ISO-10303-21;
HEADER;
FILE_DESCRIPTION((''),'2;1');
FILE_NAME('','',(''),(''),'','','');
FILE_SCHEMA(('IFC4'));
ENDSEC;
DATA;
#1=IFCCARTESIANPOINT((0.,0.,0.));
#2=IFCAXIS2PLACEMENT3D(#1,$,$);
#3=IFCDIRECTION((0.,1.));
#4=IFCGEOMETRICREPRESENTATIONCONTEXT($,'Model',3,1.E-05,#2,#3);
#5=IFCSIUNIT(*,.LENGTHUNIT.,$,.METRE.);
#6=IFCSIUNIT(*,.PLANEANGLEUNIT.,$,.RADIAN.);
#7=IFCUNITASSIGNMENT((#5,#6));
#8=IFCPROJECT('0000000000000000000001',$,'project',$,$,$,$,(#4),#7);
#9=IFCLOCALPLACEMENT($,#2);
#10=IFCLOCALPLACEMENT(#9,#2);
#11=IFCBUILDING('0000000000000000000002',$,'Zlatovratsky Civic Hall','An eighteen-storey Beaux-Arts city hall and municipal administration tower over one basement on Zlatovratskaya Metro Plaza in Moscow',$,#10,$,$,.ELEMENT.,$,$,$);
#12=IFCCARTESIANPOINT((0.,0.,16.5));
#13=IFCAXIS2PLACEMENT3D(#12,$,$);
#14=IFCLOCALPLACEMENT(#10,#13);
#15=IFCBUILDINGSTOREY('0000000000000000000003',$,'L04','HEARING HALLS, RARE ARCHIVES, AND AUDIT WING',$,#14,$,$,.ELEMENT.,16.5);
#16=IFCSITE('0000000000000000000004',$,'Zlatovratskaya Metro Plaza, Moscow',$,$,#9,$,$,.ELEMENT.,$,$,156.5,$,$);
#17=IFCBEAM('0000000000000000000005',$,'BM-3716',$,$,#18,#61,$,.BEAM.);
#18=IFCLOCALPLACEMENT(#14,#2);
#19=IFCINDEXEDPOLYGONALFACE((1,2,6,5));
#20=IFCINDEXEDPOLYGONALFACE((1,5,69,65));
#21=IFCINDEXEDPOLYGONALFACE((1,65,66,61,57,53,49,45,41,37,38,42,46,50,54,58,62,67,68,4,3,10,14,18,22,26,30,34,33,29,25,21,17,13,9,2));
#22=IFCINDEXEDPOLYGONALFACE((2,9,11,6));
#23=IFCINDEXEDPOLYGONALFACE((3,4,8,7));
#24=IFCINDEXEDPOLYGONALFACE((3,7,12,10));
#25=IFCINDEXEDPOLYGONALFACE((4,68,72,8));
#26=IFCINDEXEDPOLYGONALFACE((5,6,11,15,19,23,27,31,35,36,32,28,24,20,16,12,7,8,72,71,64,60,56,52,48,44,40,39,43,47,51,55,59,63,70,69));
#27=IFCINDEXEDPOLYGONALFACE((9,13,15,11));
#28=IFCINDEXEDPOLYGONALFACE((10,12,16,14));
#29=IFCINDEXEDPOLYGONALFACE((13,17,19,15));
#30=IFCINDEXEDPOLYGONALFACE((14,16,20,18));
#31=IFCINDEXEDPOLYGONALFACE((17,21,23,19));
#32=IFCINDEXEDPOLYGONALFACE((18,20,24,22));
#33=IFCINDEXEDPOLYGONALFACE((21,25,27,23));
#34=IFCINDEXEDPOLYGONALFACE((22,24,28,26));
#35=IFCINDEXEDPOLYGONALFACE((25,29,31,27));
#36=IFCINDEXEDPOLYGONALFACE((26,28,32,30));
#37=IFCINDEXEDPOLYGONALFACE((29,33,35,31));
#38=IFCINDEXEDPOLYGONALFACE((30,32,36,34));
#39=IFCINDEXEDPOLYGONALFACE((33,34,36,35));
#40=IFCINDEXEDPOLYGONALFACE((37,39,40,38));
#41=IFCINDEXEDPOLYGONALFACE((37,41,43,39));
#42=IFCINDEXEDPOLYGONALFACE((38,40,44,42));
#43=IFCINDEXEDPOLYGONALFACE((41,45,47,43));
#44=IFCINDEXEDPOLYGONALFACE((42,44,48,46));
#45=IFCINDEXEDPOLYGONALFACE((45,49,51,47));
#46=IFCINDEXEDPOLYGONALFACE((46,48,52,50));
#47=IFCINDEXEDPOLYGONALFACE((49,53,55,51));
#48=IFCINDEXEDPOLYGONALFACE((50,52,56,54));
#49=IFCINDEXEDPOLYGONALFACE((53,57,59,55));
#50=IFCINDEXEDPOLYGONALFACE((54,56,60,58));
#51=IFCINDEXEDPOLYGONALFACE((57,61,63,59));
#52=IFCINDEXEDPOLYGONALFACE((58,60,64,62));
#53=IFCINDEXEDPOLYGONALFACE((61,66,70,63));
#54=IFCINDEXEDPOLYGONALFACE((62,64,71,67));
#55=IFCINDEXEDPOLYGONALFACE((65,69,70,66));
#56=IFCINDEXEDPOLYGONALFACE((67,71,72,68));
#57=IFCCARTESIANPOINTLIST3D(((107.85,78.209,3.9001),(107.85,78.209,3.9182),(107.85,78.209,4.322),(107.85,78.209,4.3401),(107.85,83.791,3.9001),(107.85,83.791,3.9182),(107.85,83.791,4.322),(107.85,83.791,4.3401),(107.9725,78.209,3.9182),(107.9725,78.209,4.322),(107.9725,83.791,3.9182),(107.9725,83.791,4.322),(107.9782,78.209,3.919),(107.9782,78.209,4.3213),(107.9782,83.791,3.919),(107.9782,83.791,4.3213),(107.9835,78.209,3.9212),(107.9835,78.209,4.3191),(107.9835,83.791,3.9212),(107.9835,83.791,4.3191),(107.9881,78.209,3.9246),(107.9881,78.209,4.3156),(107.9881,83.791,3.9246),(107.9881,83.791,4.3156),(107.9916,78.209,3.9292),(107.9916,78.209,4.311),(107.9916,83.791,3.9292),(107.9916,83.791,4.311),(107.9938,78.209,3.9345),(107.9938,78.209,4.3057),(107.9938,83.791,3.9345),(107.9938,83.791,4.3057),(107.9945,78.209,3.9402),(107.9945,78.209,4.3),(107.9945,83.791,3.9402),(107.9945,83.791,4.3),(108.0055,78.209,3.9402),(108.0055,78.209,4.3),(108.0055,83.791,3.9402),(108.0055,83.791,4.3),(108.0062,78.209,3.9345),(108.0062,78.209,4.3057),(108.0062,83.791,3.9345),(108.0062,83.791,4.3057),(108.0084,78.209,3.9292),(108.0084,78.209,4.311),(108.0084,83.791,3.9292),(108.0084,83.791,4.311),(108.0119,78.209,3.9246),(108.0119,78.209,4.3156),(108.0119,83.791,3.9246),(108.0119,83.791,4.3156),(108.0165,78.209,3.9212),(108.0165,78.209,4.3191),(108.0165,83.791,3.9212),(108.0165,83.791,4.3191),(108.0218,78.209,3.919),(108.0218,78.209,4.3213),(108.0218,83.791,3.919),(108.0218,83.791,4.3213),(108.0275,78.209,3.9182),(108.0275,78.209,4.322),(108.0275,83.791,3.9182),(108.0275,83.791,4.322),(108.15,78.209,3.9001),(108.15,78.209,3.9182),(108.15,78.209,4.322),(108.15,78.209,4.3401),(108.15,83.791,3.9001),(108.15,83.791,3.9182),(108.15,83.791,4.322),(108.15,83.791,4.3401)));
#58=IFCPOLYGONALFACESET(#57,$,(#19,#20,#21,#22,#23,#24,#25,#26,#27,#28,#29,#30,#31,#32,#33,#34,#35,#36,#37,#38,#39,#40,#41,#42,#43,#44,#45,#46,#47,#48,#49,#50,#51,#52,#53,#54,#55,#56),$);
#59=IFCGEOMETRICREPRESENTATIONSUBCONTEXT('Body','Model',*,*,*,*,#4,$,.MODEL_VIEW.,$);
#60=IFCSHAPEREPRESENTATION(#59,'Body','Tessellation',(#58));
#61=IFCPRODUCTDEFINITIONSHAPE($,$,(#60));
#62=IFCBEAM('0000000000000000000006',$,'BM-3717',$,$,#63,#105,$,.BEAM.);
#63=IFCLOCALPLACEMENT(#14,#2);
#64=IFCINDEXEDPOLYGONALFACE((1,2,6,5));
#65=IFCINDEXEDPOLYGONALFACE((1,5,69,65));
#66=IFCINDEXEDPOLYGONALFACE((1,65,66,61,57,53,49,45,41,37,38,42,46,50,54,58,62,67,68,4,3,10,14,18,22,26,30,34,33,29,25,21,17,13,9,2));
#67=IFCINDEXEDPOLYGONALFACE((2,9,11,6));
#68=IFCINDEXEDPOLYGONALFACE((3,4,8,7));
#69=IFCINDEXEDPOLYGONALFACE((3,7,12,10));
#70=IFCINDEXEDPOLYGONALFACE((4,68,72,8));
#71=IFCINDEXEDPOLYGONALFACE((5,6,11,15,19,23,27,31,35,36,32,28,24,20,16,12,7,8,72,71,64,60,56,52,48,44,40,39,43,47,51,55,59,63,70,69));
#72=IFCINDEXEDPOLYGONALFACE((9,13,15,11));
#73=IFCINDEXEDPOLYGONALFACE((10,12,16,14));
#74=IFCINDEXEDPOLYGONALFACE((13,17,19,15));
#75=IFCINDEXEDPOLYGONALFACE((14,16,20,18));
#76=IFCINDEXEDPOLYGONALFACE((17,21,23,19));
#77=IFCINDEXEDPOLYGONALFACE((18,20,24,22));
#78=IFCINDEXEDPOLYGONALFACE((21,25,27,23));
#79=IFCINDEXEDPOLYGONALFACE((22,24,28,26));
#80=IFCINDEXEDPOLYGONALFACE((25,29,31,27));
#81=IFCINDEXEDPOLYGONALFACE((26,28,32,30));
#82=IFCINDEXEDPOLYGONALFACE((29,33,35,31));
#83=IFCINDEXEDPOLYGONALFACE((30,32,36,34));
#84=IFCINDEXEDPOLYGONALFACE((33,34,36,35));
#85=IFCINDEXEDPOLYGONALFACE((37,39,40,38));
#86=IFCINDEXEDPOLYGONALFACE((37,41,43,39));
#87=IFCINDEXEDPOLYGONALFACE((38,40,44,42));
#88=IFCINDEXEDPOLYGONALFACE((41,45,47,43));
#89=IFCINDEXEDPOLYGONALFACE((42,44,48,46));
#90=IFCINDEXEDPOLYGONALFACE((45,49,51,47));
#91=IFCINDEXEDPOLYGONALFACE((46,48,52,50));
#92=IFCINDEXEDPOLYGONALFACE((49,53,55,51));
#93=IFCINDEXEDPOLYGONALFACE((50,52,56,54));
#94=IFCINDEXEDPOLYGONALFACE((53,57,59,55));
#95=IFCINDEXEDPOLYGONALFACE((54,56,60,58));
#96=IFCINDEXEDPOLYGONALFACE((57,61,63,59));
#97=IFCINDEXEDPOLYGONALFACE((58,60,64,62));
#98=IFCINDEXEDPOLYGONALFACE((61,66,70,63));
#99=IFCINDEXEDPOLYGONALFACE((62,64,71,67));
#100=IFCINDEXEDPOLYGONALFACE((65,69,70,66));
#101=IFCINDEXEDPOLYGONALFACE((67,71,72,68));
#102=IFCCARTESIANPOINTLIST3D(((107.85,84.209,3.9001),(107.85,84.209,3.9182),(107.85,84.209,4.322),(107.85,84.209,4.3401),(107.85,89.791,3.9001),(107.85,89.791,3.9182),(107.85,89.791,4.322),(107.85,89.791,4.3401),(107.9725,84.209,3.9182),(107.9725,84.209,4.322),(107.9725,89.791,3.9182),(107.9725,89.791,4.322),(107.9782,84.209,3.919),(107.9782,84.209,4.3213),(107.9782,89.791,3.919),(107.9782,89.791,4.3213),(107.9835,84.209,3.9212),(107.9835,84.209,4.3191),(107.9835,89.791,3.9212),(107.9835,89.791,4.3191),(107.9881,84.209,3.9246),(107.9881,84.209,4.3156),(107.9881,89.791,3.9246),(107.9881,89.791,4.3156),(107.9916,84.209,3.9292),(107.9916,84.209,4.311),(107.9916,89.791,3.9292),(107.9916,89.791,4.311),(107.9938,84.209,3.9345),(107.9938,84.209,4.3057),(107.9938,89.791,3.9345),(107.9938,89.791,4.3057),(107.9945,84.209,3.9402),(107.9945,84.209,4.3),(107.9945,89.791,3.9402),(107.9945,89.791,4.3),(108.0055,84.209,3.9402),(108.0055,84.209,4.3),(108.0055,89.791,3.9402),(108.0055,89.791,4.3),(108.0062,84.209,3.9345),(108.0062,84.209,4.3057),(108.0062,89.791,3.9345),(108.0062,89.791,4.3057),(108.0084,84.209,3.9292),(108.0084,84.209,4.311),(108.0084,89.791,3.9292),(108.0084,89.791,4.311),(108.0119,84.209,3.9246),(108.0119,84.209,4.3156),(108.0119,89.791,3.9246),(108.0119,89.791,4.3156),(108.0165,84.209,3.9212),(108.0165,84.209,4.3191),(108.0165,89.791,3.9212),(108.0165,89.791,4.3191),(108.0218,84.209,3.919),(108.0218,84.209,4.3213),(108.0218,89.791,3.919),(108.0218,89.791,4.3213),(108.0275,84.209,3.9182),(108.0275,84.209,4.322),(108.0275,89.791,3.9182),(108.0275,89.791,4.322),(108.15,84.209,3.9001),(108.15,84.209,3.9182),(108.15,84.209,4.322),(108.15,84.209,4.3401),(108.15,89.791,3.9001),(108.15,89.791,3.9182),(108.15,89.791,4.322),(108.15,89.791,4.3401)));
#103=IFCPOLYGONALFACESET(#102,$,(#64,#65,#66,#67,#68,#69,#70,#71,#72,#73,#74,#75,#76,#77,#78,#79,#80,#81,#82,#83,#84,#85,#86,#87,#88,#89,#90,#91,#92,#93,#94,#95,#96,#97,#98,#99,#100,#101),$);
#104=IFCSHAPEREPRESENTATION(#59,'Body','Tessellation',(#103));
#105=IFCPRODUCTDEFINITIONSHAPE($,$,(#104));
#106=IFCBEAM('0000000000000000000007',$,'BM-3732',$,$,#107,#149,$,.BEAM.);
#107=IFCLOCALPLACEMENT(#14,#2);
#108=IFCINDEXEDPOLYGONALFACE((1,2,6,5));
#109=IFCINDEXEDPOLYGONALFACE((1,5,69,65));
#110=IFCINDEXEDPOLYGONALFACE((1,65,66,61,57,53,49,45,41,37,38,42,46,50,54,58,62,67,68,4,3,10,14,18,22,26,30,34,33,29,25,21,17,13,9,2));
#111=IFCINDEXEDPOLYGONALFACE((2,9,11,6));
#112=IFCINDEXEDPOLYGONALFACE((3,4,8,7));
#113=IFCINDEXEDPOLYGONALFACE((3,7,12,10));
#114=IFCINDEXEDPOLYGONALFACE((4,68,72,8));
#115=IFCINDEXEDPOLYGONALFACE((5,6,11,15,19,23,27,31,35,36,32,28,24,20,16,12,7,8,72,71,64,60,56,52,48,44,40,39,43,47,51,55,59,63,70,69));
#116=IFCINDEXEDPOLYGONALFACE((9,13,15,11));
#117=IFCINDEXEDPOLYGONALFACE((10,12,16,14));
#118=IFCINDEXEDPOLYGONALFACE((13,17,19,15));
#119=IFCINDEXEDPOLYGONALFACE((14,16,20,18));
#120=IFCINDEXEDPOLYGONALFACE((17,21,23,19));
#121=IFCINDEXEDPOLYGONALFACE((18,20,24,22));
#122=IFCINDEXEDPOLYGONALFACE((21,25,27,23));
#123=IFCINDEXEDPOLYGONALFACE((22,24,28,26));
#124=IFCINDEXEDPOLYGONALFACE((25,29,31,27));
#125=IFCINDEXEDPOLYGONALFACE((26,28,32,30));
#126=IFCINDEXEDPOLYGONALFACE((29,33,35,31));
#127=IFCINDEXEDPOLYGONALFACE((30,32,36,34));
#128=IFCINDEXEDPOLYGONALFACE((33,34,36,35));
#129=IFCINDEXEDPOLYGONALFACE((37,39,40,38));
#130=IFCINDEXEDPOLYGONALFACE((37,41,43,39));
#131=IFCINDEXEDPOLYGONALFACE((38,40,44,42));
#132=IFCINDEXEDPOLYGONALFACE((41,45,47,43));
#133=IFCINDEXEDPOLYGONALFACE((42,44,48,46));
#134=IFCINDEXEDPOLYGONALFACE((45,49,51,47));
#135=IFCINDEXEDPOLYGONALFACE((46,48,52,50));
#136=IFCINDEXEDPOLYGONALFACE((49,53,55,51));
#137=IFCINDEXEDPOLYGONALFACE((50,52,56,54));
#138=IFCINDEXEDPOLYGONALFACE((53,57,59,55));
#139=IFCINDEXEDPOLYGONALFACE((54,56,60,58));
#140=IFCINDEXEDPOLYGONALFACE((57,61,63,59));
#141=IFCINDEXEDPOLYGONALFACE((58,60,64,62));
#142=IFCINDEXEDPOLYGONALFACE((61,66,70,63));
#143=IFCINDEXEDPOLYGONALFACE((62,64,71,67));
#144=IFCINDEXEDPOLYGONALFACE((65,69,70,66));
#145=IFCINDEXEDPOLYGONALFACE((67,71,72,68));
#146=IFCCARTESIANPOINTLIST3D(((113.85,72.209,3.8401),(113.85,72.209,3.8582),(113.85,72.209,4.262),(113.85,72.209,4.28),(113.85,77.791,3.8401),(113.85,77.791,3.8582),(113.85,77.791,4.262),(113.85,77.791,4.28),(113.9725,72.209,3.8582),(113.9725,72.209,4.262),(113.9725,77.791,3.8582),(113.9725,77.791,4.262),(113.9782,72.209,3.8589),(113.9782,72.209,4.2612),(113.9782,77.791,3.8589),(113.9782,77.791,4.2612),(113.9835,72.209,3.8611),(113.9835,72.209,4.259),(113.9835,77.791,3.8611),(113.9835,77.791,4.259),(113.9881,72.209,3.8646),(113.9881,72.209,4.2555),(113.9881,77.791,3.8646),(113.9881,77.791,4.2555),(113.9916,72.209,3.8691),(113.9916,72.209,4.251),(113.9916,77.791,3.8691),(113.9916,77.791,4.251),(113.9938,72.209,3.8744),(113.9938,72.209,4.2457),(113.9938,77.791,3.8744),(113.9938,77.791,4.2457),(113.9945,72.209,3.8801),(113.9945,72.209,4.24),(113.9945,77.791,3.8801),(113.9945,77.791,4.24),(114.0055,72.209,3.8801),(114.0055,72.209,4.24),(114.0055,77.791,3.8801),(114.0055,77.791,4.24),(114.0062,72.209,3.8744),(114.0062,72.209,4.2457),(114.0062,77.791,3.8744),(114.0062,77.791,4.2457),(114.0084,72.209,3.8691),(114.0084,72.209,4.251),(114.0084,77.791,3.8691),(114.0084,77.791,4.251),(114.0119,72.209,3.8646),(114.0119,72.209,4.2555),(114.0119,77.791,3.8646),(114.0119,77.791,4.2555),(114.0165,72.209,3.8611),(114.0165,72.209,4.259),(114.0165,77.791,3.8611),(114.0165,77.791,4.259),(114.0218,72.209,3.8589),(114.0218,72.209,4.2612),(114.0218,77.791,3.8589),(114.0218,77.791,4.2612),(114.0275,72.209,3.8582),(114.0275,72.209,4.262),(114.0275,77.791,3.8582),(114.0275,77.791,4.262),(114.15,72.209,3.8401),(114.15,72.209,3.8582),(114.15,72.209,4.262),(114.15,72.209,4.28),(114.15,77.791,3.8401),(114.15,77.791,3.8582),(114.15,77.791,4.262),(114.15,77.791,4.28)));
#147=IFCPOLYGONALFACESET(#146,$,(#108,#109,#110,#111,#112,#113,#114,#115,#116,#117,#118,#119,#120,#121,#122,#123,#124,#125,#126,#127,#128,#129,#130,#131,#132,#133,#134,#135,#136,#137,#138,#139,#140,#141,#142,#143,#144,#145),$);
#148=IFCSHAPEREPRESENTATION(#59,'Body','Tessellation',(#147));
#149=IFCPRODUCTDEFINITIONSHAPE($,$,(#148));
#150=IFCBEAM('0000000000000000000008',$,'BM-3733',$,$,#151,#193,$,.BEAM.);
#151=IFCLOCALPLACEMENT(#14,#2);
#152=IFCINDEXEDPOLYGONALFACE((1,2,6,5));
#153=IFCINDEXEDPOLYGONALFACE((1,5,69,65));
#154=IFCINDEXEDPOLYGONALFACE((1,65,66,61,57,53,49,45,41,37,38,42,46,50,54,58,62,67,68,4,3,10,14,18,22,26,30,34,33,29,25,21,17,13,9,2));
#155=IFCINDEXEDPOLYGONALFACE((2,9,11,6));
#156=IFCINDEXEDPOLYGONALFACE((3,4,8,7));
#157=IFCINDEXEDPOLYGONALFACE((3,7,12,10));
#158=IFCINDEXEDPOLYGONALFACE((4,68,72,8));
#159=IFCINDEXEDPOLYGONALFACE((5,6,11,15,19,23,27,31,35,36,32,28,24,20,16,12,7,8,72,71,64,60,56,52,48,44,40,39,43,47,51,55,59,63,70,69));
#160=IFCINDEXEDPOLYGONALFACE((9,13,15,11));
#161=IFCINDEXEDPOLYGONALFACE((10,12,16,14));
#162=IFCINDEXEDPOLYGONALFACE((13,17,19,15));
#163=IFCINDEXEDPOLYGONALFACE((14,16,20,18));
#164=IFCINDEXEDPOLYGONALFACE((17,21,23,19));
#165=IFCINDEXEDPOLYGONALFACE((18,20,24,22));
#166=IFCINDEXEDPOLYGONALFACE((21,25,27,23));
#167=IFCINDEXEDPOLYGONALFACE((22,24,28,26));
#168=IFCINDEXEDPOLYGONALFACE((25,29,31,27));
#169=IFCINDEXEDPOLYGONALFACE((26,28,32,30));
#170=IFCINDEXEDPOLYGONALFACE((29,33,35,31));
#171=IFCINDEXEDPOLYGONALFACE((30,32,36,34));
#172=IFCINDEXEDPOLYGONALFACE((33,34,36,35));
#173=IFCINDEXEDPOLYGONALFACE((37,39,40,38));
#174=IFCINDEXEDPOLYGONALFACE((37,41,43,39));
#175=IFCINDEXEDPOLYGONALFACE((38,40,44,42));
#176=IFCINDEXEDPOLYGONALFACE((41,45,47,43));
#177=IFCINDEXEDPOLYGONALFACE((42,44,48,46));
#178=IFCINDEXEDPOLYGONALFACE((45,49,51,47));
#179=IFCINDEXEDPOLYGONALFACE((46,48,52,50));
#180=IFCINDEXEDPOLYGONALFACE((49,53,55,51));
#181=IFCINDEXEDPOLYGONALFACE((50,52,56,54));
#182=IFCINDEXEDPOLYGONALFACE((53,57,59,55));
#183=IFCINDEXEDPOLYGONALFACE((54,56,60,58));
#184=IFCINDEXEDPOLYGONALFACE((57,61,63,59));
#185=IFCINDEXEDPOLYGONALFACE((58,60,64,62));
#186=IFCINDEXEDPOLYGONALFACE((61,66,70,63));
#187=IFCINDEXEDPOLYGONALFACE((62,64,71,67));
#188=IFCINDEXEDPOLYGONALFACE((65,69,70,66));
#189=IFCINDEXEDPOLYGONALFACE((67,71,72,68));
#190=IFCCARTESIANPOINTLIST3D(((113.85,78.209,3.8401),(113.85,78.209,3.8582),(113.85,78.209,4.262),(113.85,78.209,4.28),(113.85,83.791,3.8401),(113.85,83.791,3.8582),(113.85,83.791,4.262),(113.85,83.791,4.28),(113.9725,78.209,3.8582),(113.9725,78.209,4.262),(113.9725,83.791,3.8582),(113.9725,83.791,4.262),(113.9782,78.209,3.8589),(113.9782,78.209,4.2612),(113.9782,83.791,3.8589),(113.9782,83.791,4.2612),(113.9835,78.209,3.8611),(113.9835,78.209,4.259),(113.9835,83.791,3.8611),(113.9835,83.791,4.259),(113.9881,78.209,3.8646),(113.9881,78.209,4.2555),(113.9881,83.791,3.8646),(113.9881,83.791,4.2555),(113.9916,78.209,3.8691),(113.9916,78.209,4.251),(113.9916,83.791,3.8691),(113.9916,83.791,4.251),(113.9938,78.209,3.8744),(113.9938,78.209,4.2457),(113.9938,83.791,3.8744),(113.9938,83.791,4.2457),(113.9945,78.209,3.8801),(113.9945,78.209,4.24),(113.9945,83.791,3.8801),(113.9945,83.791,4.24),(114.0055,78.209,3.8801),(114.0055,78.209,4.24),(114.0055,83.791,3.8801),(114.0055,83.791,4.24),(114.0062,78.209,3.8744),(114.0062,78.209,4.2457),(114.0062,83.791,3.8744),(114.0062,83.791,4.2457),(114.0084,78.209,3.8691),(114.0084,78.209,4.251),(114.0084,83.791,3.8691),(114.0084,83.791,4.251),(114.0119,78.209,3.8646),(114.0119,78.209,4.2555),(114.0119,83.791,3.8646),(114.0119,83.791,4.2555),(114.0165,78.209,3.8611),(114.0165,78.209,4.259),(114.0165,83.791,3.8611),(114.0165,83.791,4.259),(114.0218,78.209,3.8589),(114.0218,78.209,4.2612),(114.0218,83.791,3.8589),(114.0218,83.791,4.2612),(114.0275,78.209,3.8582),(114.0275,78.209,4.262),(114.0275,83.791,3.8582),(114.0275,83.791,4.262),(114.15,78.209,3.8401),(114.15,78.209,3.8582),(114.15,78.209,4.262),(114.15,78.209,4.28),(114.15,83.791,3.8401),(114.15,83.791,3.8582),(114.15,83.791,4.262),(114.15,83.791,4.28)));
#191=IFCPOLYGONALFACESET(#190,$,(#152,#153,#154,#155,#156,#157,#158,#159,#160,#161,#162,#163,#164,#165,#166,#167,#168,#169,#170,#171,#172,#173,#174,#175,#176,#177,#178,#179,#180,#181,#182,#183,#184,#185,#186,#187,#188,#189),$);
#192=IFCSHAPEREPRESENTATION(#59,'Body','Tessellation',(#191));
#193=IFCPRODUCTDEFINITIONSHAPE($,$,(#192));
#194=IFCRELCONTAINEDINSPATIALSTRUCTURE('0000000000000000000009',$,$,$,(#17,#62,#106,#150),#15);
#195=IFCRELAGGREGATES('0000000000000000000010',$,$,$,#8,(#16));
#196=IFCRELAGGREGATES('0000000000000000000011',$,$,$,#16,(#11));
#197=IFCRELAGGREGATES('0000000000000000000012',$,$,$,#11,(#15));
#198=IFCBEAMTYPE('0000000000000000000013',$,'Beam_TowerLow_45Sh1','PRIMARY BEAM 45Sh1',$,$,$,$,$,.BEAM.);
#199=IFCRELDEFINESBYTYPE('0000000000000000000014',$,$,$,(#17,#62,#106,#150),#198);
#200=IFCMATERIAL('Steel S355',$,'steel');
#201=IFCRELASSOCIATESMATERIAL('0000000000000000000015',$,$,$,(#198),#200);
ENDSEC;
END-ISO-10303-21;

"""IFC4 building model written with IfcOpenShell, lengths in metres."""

from ifc_helpers import new_model, si_unit, direction, frame, origin, origin_2d, place, context, subcontext, project, spatial, i_section, extrude, material, material_profile, profile_set, type_object, element, save


model = new_model("IFC4")

# Units and contexts
model_context = context("Model", 3, precision=1e-05, world=origin(), true_north=direction((0.0, 1.0)))
body_context = subcontext(model_context, "Body", "Model", "MODEL_VIEW")
ifc_project = project(units=[si_unit("LENGTHUNIT", "METRE"), si_unit("PLANEANGLEUNIT", "RADIAN")], contexts=[model_context])

# Site, building, storey
site_placement = place(None, origin())
site = spatial("IfcSite", under=ifc_project, at=site_placement, Name="Zlatovratskaya Metro Plaza, Moscow", CompositionType="ELEMENT", RefElevation=156.5)
building_placement = place(site_placement, origin())
building = spatial("IfcBuilding", under=site, at=building_placement, Name="Zlatovratsky Civic Hall", Description="An eighteen-storey Beaux-Arts city hall and municipal administration tower over one basement on Zlatovratskaya Metro Plaza in Moscow", CompositionType="ELEMENT")
storey_placement = place(building_placement, frame((0.0, 0.0, 16.5)))
storey = spatial("IfcBuildingStorey", under=building, at=storey_placement, Name="L04", Description="HEARING HALLS, RARE ARCHIVES, AND AUDIT WING", CompositionType="ELEMENT", Elevation=16.5)

# Shared definitions
ifc_material_1 = material(Name="Steel S355", Category="steel")

# Beams
ifc_material_profile_1 = material_profile(ifc_material_1, i_section(OverallWidth=0.3, OverallDepth=0.4399, WebThickness=0.011, FlangeThickness=0.0181, FilletRadius=0.022, at=origin_2d()), Name="45Sh1")
ifc_profile_set_1 = profile_set([ifc_material_profile_1], Name="Steel S355")
beam_type_1 = type_object("IfcBeamType", Name="Beam_TowerLow_45Sh1", Description="PRIMARY BEAM 45Sh1", PredefinedType="BEAM", material=ifc_profile_set_1)
for number, where, z_axis, x_axis, name in (
    (1, (108.0, 78.209, 4.1201), (0.0, 1.0, 0.0), (-1.0, 0.0, 0.0), "BM-3716"),
    (2, (108.0, 84.209, 4.1201), (0.0, 1.0, 0.0), (-1.0, 0.0, 0.0), "BM-3717"),
    (3, (114.0, 72.209, 4.0601), (0.0, 1.0, 0.0), (-1.0, 0.0, 0.0), "BM-3732"),
    (4, (114.0, 78.209, 4.0601), (0.0, 1.0, 0.0), (-1.0, 0.0, 0.0), "BM-3733"),
):
    element("IfcBeam", number, at=place(storey_placement, frame(where, z_axis=z_axis, x_axis=x_axis)), inside=storey, type_object=beam_type_1, Name=name, PredefinedType="BEAM", context=body_context, shape_type="SweptSolid", body=[
        extrude(i_section(OverallWidth=0.3, OverallDepth=0.4399, WebThickness=0.011, FlangeThickness=0.0181, FilletRadius=0.022, at=origin_2d()), origin(), (0.0, 0.0, 1.0), 5.582),
    ])

save(model, "model.ifc")
